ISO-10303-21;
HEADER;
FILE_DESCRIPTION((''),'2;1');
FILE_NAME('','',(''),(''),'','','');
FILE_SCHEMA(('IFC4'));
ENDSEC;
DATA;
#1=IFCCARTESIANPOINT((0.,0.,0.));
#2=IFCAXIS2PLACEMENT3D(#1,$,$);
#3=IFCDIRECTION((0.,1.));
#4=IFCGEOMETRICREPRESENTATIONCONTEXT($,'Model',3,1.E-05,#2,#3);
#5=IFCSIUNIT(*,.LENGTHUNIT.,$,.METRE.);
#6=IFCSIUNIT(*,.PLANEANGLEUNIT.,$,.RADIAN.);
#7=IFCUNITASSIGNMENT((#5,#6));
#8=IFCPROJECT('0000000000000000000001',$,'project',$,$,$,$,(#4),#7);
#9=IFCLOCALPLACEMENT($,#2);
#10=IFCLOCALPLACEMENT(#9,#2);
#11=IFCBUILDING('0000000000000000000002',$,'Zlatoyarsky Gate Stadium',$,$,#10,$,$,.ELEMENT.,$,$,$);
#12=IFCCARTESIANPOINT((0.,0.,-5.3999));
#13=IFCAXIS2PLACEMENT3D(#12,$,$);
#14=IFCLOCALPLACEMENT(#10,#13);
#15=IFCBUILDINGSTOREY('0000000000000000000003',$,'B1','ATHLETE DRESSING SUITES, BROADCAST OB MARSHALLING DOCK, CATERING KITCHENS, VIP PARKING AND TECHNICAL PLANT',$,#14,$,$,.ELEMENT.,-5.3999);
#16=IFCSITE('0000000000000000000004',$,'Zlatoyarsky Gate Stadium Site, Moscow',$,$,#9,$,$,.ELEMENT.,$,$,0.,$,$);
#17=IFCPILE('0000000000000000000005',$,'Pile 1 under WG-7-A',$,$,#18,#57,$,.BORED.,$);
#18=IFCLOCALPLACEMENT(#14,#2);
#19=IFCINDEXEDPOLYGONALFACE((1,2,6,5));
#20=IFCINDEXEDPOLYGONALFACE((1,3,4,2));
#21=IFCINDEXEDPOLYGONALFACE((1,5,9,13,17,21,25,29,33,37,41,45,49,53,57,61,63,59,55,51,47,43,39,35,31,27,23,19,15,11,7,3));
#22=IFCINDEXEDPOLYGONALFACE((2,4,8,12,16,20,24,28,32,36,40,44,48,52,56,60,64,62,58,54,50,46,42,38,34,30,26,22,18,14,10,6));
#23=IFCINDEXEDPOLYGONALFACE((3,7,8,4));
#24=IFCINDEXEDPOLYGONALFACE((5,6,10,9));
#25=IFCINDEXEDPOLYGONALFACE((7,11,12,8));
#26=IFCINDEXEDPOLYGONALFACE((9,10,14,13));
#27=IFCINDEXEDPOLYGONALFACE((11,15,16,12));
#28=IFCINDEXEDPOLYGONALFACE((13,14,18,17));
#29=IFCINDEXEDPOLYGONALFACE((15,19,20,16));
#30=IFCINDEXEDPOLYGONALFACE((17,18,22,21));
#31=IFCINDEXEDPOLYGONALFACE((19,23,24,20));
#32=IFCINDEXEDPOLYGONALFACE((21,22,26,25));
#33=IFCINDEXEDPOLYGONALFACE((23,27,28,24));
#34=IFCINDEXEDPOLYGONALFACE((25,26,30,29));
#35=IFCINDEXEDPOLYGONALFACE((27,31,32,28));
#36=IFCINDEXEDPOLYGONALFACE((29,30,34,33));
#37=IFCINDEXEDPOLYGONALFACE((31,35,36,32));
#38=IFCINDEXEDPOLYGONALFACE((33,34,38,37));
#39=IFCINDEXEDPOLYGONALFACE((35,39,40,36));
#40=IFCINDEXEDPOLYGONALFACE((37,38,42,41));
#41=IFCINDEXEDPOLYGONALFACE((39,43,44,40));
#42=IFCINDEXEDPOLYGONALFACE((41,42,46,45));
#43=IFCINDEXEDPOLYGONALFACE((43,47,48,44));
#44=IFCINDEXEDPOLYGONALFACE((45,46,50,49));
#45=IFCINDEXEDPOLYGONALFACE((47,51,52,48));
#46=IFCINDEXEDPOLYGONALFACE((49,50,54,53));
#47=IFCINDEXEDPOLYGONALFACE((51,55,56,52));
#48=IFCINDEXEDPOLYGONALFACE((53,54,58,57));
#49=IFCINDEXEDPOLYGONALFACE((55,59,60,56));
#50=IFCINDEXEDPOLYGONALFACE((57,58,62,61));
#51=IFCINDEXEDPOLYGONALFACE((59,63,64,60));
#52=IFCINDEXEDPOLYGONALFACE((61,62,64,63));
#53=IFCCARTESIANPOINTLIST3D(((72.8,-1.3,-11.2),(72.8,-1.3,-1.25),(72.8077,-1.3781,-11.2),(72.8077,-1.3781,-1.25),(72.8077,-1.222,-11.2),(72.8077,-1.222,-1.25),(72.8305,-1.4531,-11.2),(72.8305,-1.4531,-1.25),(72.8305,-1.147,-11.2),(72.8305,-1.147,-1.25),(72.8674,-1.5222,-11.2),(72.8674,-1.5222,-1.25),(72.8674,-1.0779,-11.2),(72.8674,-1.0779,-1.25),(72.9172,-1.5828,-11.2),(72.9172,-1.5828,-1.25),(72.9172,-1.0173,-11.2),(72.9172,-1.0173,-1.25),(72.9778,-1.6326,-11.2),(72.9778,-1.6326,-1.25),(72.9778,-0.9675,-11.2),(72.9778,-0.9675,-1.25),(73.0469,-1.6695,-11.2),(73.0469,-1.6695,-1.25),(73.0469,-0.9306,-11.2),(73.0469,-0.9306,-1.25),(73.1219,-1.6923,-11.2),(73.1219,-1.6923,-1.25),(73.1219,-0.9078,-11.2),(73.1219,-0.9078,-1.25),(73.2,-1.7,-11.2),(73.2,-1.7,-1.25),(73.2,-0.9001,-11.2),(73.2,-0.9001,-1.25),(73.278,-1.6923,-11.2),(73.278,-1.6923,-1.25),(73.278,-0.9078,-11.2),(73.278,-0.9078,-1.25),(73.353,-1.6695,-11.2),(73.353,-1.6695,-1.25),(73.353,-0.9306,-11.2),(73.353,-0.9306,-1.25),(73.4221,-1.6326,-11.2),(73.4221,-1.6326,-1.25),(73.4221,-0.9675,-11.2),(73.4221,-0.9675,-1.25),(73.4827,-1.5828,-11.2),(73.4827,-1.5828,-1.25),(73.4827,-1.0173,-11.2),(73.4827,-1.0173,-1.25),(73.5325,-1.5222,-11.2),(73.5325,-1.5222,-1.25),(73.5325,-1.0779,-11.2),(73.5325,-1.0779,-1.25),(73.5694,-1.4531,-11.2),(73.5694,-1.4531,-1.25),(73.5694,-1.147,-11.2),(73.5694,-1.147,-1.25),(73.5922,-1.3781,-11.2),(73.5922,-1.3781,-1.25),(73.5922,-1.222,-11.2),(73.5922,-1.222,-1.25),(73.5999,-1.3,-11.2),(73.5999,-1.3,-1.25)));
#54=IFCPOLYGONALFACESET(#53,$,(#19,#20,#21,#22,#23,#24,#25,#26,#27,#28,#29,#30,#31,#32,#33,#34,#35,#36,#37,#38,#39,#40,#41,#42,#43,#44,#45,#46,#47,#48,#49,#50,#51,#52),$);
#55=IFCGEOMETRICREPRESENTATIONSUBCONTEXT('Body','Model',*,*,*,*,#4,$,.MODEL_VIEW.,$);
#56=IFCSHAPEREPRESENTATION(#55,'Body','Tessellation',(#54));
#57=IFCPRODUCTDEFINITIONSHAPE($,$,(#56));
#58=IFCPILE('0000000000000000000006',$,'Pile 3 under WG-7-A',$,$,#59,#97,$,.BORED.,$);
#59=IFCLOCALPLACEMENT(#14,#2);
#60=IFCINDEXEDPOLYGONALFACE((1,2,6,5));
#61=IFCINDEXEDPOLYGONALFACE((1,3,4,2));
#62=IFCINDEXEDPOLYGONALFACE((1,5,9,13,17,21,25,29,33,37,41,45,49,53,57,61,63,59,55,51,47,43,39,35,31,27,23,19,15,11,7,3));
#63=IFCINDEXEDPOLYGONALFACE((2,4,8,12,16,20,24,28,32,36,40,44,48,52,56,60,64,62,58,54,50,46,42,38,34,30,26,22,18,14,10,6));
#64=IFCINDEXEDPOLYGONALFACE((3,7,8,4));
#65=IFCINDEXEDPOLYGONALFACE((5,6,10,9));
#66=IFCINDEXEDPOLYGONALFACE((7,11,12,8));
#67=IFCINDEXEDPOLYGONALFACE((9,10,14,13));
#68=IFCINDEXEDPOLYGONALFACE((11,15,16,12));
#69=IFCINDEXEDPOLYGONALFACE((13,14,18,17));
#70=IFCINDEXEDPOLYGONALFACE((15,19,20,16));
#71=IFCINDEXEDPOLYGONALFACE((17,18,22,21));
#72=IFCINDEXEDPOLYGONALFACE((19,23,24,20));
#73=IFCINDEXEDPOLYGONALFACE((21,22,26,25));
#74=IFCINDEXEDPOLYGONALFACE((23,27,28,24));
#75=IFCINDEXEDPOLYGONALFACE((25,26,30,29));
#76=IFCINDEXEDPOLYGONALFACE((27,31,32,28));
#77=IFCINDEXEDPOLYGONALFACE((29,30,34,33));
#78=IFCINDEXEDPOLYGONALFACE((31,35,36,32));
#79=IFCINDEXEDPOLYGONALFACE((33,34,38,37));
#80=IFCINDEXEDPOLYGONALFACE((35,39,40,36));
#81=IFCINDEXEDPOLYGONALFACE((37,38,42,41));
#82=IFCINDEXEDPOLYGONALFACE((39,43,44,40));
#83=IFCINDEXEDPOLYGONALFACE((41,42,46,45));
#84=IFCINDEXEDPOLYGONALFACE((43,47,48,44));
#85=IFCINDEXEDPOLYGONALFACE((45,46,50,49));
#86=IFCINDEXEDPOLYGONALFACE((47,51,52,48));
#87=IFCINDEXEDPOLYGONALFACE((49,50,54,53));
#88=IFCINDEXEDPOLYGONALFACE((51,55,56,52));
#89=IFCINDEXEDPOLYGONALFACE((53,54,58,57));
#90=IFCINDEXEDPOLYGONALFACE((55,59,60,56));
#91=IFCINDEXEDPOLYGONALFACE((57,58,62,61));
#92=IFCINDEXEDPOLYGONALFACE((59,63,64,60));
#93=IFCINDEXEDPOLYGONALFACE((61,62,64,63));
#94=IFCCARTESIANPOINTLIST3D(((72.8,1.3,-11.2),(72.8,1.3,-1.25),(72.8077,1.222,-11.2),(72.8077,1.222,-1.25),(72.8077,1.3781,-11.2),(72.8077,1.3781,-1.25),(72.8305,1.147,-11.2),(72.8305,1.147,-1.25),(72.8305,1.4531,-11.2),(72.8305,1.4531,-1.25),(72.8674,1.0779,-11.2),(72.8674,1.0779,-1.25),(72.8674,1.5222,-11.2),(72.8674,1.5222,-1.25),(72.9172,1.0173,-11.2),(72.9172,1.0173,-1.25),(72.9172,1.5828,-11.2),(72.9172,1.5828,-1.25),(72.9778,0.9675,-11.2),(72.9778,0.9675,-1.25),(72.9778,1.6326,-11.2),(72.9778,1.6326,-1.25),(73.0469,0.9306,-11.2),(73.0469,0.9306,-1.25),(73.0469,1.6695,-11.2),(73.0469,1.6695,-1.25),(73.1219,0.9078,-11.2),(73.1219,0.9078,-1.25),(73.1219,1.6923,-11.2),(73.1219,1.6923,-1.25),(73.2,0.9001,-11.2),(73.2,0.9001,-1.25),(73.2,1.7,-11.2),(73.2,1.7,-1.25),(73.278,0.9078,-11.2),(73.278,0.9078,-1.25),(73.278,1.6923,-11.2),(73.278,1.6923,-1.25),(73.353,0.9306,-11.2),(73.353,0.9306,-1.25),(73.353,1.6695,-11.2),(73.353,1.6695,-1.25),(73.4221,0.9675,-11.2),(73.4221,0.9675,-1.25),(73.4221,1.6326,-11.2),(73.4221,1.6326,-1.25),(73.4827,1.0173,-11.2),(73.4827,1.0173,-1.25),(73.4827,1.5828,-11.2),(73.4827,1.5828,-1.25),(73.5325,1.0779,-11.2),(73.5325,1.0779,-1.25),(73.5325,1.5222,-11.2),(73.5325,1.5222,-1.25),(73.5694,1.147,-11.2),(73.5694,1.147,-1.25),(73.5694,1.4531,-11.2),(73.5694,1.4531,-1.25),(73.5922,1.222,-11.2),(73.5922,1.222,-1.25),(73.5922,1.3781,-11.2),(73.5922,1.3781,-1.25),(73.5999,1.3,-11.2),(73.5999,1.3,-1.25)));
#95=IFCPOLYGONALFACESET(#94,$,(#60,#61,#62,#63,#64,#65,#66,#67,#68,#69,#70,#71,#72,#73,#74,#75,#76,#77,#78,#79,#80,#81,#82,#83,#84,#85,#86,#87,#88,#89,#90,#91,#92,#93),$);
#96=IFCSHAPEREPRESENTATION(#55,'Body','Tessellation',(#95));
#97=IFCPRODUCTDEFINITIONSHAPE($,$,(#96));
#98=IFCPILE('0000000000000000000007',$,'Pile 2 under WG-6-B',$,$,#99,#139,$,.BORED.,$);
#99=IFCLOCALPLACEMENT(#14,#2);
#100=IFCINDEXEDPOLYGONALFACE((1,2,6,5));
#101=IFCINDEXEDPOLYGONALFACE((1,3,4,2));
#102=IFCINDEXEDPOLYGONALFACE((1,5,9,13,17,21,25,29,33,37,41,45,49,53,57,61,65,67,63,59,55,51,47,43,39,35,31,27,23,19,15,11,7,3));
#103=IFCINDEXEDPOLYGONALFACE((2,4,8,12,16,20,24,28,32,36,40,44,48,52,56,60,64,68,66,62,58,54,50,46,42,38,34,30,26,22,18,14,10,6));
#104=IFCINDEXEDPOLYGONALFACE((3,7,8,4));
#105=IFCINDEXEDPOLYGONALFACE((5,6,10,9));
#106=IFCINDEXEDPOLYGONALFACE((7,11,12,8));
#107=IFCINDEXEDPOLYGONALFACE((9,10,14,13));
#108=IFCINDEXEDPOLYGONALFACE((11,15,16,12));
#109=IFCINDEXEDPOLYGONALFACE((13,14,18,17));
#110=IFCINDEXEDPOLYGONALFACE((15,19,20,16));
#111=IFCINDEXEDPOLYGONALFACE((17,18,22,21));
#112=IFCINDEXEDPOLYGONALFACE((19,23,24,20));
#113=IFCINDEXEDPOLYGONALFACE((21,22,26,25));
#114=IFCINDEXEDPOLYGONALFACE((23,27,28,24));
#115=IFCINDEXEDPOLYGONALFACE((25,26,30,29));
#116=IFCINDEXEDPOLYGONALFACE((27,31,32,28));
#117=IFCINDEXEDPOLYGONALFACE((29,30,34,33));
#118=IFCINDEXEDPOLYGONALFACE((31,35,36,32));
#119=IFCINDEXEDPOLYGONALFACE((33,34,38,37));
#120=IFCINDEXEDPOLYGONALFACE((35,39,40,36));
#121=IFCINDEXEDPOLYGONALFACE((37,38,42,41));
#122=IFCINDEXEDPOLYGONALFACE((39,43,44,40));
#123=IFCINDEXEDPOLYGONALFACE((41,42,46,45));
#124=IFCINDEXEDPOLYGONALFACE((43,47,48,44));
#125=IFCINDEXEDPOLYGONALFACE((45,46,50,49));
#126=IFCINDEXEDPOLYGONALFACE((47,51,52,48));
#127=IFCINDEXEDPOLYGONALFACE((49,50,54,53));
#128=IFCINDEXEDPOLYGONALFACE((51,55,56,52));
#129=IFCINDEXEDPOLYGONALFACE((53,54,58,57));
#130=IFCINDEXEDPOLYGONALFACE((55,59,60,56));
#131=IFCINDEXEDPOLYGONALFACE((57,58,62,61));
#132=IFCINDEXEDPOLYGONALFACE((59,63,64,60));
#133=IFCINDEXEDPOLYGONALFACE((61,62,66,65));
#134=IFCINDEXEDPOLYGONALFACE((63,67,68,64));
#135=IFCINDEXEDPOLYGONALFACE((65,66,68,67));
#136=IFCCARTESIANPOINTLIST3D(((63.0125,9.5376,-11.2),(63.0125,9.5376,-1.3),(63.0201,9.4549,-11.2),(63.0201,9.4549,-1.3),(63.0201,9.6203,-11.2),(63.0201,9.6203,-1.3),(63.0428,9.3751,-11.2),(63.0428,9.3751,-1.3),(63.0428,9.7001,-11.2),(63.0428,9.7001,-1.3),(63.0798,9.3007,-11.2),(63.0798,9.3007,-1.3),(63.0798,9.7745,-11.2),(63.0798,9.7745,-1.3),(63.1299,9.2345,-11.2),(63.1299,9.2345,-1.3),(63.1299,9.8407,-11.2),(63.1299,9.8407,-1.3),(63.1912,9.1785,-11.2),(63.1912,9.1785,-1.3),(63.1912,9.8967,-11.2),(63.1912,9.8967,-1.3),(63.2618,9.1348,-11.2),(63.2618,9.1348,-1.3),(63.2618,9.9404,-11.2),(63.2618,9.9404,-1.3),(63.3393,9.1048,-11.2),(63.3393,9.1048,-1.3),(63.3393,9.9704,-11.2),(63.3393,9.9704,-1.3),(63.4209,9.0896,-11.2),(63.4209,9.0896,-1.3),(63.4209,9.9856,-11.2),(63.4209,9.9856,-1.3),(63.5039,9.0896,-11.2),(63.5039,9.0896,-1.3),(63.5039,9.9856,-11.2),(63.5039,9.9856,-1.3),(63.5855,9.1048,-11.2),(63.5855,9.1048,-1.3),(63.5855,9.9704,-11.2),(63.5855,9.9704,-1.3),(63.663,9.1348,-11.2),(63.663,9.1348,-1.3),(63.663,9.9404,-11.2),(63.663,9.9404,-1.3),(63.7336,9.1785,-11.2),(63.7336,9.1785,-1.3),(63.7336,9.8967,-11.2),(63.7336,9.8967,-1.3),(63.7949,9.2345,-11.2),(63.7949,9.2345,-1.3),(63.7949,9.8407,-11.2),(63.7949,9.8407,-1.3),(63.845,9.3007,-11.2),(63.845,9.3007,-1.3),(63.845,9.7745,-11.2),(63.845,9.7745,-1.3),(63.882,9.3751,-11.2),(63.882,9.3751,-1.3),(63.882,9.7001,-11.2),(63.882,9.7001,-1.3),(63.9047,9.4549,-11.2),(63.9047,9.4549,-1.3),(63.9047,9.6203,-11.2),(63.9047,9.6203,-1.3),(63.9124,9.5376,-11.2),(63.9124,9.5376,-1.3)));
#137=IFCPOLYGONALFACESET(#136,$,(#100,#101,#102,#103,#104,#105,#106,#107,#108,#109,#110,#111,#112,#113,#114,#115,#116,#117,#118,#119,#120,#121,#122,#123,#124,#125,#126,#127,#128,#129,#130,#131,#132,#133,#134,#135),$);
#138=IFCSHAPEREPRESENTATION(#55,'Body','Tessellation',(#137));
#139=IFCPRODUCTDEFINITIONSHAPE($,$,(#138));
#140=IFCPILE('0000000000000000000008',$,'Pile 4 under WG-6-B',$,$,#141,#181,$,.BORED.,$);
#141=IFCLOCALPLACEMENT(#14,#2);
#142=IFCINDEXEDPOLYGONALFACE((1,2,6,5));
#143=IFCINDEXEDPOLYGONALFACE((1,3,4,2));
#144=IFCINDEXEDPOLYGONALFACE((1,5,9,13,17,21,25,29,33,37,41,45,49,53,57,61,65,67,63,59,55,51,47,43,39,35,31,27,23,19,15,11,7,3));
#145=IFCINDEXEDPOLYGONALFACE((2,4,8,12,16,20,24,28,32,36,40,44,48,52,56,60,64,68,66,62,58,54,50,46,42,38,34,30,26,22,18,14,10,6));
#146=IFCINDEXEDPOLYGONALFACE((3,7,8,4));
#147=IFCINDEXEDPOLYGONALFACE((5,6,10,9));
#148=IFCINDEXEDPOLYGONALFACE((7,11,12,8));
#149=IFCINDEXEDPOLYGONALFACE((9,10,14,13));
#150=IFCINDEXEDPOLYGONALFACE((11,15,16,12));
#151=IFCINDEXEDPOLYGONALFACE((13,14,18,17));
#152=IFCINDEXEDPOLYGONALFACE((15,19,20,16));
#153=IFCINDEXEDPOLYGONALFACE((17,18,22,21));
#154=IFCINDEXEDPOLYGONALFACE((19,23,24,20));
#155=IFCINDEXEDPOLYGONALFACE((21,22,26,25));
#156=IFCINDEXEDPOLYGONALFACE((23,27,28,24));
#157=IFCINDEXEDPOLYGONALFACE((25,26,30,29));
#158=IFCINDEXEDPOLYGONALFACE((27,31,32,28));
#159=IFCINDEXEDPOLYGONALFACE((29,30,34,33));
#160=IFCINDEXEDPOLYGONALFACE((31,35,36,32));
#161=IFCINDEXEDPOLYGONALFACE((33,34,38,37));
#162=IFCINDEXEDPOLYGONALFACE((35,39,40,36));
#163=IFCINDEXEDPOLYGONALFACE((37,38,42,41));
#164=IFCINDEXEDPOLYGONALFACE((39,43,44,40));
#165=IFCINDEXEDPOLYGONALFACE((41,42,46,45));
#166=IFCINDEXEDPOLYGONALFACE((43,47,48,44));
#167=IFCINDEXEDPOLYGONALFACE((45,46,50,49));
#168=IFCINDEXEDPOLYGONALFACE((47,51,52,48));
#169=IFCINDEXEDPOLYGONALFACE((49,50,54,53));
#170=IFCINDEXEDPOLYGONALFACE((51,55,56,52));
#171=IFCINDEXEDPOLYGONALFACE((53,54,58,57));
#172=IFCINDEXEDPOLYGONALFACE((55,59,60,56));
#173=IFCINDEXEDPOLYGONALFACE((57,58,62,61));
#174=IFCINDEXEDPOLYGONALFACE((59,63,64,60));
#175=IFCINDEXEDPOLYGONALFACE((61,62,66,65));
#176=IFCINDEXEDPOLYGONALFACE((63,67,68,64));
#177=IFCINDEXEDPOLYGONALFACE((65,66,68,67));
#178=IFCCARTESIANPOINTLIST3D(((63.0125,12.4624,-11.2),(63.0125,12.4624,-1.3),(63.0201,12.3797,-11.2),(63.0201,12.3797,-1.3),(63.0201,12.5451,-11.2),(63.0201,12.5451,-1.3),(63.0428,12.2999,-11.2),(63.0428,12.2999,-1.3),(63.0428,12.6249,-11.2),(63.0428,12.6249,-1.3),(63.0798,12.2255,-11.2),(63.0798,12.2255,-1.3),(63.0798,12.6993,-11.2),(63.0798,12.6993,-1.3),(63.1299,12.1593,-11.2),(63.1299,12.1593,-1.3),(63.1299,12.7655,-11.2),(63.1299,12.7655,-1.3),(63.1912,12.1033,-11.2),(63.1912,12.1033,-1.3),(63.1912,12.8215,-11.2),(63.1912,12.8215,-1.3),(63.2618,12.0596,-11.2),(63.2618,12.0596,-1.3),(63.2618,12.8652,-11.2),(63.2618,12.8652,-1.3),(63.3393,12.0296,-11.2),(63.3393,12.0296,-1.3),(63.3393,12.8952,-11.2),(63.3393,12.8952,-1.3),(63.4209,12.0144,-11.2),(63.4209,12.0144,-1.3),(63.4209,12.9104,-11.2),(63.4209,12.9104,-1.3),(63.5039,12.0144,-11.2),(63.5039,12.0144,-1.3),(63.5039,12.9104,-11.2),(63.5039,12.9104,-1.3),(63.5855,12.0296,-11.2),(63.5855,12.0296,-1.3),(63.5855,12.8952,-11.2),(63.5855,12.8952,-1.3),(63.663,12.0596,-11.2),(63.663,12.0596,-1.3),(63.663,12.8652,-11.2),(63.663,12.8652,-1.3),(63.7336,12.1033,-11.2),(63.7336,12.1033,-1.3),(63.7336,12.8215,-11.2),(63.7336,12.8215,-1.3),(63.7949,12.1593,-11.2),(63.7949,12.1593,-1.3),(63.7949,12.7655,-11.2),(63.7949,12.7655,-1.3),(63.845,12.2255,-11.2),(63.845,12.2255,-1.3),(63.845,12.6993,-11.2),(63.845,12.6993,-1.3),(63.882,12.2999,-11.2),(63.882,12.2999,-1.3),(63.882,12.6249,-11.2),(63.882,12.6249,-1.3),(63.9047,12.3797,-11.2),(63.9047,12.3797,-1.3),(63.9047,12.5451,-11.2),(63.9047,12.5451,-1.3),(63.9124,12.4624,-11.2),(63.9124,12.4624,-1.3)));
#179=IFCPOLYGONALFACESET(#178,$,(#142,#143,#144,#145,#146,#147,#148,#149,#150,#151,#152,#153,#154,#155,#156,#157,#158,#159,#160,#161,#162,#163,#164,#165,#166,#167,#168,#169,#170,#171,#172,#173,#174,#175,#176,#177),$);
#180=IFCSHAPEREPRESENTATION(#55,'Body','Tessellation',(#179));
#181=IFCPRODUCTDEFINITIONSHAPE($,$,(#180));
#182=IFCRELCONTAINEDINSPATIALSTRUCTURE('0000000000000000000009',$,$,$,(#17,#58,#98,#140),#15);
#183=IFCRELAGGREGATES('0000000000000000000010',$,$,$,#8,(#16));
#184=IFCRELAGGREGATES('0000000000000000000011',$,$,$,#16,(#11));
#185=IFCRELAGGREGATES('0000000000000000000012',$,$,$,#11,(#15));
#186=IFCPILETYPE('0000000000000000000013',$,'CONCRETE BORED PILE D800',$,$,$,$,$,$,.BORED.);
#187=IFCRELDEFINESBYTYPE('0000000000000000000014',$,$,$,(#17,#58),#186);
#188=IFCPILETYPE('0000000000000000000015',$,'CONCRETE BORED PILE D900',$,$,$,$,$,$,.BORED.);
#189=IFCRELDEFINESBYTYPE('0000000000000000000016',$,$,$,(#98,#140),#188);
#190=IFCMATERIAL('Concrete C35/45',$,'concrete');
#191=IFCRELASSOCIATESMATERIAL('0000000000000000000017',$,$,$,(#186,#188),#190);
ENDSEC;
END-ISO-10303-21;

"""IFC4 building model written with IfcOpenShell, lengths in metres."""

from ifc_helpers import new_model, si_unit, direction, frame, origin, origin_2d, place, context, subcontext, project, spatial, circle, extrude, material, material_profile, profile_set, type_object, element, save


model = new_model("IFC4")

# Units and contexts
model_context = context("Model", 3, precision=1e-05, world=origin(), true_north=direction((0.0, 1.0)))
body_context = subcontext(model_context, "Body", "Model", "MODEL_VIEW")
ifc_project = project(units=[si_unit("LENGTHUNIT", "METRE"), si_unit("PLANEANGLEUNIT", "RADIAN")], contexts=[model_context])

# Site, building, storey
site_placement = place(None, origin())
site = spatial("IfcSite", under=ifc_project, at=site_placement, Name="Zlatoyarsky Gate Stadium Site, Moscow", CompositionType="ELEMENT", RefElevation=0.0)
building_placement = place(site_placement, origin())
building = spatial("IfcBuilding", under=site, at=building_placement, Name="Zlatoyarsky Gate Stadium", CompositionType="ELEMENT")
storey_placement = place(building_placement, frame((0.0, 0.0, -5.3999)))
storey = spatial("IfcBuildingStorey", under=building, at=storey_placement, Name="B1", Description="ATHLETE DRESSING SUITES, BROADCAST OB MARSHALLING DOCK, CATERING KITCHENS, VIP PARKING AND TECHNICAL PLANT", CompositionType="ELEMENT", Elevation=-5.3999)

# Piles
ifc_material_1 = material(Name="Concrete C35/45", Category="concrete")
ifc_material_profile_1 = material_profile(ifc_material_1, circle(Radius=0.3999, at=origin_2d()), Name="BORED PILE D800")
ifc_profile_set_1 = profile_set([ifc_material_profile_1], Name="Concrete C35/45")
pile_type_1 = type_object("IfcPileType", Name="CONCRETE BORED PILE D800", PredefinedType="BORED", material=ifc_profile_set_1)
for number, where, z_axis, x_axis, name in (
    (1, (73.2, -1.3, -1.25), (0.0, 0.0, -1.0), (1.0, 0.0, 0.0), "Pile 1 under WG-7-A"),
    (2, (73.2, 1.3, -1.25), (0.0, 0.0, -1.0), (1.0, 0.0, 0.0), "Pile 3 under WG-7-A"),
):
    element("IfcPile", number, at=place(storey_placement, frame(where, z_axis=z_axis, x_axis=x_axis)), inside=storey, type_object=pile_type_1, Name=name, PredefinedType="BORED", context=body_context, shape_type="SweptSolid", body=[
        extrude(circle(Radius=0.3999, at=origin_2d()), origin(), (0.0, 0.0, 1.0), 9.95),
    ])
ifc_material_profile_2 = material_profile(ifc_material_1, circle(Radius=0.45, at=origin_2d()), Name="BORED PILE D900")
ifc_profile_set_2 = profile_set([ifc_material_profile_2], Name="Concrete C35/45")
pile_type_2 = type_object("IfcPileType", Name="CONCRETE BORED PILE D900", PredefinedType="BORED", material=ifc_profile_set_2)
for number, where, z_axis, x_axis, name in (
    (3, (63.4624, 9.5376, -1.3), (0.0, 0.0, -1.0), (1.0, 0.0, 0.0), "Pile 2 under WG-6-B"),
    (4, (63.4624, 12.4624, -1.3), (0.0, 0.0, -1.0), (1.0, 0.0, 0.0), "Pile 4 under WG-6-B"),
):
    element("IfcPile", number, at=place(storey_placement, frame(where, z_axis=z_axis, x_axis=x_axis)), inside=storey, type_object=pile_type_2, Name=name, PredefinedType="BORED", context=body_context, shape_type="SweptSolid", body=[
        extrude(circle(Radius=0.45, at=origin_2d()), origin(), (0.0, 0.0, 1.0), 9.8999),
    ])

save(model, "model.ifc")
